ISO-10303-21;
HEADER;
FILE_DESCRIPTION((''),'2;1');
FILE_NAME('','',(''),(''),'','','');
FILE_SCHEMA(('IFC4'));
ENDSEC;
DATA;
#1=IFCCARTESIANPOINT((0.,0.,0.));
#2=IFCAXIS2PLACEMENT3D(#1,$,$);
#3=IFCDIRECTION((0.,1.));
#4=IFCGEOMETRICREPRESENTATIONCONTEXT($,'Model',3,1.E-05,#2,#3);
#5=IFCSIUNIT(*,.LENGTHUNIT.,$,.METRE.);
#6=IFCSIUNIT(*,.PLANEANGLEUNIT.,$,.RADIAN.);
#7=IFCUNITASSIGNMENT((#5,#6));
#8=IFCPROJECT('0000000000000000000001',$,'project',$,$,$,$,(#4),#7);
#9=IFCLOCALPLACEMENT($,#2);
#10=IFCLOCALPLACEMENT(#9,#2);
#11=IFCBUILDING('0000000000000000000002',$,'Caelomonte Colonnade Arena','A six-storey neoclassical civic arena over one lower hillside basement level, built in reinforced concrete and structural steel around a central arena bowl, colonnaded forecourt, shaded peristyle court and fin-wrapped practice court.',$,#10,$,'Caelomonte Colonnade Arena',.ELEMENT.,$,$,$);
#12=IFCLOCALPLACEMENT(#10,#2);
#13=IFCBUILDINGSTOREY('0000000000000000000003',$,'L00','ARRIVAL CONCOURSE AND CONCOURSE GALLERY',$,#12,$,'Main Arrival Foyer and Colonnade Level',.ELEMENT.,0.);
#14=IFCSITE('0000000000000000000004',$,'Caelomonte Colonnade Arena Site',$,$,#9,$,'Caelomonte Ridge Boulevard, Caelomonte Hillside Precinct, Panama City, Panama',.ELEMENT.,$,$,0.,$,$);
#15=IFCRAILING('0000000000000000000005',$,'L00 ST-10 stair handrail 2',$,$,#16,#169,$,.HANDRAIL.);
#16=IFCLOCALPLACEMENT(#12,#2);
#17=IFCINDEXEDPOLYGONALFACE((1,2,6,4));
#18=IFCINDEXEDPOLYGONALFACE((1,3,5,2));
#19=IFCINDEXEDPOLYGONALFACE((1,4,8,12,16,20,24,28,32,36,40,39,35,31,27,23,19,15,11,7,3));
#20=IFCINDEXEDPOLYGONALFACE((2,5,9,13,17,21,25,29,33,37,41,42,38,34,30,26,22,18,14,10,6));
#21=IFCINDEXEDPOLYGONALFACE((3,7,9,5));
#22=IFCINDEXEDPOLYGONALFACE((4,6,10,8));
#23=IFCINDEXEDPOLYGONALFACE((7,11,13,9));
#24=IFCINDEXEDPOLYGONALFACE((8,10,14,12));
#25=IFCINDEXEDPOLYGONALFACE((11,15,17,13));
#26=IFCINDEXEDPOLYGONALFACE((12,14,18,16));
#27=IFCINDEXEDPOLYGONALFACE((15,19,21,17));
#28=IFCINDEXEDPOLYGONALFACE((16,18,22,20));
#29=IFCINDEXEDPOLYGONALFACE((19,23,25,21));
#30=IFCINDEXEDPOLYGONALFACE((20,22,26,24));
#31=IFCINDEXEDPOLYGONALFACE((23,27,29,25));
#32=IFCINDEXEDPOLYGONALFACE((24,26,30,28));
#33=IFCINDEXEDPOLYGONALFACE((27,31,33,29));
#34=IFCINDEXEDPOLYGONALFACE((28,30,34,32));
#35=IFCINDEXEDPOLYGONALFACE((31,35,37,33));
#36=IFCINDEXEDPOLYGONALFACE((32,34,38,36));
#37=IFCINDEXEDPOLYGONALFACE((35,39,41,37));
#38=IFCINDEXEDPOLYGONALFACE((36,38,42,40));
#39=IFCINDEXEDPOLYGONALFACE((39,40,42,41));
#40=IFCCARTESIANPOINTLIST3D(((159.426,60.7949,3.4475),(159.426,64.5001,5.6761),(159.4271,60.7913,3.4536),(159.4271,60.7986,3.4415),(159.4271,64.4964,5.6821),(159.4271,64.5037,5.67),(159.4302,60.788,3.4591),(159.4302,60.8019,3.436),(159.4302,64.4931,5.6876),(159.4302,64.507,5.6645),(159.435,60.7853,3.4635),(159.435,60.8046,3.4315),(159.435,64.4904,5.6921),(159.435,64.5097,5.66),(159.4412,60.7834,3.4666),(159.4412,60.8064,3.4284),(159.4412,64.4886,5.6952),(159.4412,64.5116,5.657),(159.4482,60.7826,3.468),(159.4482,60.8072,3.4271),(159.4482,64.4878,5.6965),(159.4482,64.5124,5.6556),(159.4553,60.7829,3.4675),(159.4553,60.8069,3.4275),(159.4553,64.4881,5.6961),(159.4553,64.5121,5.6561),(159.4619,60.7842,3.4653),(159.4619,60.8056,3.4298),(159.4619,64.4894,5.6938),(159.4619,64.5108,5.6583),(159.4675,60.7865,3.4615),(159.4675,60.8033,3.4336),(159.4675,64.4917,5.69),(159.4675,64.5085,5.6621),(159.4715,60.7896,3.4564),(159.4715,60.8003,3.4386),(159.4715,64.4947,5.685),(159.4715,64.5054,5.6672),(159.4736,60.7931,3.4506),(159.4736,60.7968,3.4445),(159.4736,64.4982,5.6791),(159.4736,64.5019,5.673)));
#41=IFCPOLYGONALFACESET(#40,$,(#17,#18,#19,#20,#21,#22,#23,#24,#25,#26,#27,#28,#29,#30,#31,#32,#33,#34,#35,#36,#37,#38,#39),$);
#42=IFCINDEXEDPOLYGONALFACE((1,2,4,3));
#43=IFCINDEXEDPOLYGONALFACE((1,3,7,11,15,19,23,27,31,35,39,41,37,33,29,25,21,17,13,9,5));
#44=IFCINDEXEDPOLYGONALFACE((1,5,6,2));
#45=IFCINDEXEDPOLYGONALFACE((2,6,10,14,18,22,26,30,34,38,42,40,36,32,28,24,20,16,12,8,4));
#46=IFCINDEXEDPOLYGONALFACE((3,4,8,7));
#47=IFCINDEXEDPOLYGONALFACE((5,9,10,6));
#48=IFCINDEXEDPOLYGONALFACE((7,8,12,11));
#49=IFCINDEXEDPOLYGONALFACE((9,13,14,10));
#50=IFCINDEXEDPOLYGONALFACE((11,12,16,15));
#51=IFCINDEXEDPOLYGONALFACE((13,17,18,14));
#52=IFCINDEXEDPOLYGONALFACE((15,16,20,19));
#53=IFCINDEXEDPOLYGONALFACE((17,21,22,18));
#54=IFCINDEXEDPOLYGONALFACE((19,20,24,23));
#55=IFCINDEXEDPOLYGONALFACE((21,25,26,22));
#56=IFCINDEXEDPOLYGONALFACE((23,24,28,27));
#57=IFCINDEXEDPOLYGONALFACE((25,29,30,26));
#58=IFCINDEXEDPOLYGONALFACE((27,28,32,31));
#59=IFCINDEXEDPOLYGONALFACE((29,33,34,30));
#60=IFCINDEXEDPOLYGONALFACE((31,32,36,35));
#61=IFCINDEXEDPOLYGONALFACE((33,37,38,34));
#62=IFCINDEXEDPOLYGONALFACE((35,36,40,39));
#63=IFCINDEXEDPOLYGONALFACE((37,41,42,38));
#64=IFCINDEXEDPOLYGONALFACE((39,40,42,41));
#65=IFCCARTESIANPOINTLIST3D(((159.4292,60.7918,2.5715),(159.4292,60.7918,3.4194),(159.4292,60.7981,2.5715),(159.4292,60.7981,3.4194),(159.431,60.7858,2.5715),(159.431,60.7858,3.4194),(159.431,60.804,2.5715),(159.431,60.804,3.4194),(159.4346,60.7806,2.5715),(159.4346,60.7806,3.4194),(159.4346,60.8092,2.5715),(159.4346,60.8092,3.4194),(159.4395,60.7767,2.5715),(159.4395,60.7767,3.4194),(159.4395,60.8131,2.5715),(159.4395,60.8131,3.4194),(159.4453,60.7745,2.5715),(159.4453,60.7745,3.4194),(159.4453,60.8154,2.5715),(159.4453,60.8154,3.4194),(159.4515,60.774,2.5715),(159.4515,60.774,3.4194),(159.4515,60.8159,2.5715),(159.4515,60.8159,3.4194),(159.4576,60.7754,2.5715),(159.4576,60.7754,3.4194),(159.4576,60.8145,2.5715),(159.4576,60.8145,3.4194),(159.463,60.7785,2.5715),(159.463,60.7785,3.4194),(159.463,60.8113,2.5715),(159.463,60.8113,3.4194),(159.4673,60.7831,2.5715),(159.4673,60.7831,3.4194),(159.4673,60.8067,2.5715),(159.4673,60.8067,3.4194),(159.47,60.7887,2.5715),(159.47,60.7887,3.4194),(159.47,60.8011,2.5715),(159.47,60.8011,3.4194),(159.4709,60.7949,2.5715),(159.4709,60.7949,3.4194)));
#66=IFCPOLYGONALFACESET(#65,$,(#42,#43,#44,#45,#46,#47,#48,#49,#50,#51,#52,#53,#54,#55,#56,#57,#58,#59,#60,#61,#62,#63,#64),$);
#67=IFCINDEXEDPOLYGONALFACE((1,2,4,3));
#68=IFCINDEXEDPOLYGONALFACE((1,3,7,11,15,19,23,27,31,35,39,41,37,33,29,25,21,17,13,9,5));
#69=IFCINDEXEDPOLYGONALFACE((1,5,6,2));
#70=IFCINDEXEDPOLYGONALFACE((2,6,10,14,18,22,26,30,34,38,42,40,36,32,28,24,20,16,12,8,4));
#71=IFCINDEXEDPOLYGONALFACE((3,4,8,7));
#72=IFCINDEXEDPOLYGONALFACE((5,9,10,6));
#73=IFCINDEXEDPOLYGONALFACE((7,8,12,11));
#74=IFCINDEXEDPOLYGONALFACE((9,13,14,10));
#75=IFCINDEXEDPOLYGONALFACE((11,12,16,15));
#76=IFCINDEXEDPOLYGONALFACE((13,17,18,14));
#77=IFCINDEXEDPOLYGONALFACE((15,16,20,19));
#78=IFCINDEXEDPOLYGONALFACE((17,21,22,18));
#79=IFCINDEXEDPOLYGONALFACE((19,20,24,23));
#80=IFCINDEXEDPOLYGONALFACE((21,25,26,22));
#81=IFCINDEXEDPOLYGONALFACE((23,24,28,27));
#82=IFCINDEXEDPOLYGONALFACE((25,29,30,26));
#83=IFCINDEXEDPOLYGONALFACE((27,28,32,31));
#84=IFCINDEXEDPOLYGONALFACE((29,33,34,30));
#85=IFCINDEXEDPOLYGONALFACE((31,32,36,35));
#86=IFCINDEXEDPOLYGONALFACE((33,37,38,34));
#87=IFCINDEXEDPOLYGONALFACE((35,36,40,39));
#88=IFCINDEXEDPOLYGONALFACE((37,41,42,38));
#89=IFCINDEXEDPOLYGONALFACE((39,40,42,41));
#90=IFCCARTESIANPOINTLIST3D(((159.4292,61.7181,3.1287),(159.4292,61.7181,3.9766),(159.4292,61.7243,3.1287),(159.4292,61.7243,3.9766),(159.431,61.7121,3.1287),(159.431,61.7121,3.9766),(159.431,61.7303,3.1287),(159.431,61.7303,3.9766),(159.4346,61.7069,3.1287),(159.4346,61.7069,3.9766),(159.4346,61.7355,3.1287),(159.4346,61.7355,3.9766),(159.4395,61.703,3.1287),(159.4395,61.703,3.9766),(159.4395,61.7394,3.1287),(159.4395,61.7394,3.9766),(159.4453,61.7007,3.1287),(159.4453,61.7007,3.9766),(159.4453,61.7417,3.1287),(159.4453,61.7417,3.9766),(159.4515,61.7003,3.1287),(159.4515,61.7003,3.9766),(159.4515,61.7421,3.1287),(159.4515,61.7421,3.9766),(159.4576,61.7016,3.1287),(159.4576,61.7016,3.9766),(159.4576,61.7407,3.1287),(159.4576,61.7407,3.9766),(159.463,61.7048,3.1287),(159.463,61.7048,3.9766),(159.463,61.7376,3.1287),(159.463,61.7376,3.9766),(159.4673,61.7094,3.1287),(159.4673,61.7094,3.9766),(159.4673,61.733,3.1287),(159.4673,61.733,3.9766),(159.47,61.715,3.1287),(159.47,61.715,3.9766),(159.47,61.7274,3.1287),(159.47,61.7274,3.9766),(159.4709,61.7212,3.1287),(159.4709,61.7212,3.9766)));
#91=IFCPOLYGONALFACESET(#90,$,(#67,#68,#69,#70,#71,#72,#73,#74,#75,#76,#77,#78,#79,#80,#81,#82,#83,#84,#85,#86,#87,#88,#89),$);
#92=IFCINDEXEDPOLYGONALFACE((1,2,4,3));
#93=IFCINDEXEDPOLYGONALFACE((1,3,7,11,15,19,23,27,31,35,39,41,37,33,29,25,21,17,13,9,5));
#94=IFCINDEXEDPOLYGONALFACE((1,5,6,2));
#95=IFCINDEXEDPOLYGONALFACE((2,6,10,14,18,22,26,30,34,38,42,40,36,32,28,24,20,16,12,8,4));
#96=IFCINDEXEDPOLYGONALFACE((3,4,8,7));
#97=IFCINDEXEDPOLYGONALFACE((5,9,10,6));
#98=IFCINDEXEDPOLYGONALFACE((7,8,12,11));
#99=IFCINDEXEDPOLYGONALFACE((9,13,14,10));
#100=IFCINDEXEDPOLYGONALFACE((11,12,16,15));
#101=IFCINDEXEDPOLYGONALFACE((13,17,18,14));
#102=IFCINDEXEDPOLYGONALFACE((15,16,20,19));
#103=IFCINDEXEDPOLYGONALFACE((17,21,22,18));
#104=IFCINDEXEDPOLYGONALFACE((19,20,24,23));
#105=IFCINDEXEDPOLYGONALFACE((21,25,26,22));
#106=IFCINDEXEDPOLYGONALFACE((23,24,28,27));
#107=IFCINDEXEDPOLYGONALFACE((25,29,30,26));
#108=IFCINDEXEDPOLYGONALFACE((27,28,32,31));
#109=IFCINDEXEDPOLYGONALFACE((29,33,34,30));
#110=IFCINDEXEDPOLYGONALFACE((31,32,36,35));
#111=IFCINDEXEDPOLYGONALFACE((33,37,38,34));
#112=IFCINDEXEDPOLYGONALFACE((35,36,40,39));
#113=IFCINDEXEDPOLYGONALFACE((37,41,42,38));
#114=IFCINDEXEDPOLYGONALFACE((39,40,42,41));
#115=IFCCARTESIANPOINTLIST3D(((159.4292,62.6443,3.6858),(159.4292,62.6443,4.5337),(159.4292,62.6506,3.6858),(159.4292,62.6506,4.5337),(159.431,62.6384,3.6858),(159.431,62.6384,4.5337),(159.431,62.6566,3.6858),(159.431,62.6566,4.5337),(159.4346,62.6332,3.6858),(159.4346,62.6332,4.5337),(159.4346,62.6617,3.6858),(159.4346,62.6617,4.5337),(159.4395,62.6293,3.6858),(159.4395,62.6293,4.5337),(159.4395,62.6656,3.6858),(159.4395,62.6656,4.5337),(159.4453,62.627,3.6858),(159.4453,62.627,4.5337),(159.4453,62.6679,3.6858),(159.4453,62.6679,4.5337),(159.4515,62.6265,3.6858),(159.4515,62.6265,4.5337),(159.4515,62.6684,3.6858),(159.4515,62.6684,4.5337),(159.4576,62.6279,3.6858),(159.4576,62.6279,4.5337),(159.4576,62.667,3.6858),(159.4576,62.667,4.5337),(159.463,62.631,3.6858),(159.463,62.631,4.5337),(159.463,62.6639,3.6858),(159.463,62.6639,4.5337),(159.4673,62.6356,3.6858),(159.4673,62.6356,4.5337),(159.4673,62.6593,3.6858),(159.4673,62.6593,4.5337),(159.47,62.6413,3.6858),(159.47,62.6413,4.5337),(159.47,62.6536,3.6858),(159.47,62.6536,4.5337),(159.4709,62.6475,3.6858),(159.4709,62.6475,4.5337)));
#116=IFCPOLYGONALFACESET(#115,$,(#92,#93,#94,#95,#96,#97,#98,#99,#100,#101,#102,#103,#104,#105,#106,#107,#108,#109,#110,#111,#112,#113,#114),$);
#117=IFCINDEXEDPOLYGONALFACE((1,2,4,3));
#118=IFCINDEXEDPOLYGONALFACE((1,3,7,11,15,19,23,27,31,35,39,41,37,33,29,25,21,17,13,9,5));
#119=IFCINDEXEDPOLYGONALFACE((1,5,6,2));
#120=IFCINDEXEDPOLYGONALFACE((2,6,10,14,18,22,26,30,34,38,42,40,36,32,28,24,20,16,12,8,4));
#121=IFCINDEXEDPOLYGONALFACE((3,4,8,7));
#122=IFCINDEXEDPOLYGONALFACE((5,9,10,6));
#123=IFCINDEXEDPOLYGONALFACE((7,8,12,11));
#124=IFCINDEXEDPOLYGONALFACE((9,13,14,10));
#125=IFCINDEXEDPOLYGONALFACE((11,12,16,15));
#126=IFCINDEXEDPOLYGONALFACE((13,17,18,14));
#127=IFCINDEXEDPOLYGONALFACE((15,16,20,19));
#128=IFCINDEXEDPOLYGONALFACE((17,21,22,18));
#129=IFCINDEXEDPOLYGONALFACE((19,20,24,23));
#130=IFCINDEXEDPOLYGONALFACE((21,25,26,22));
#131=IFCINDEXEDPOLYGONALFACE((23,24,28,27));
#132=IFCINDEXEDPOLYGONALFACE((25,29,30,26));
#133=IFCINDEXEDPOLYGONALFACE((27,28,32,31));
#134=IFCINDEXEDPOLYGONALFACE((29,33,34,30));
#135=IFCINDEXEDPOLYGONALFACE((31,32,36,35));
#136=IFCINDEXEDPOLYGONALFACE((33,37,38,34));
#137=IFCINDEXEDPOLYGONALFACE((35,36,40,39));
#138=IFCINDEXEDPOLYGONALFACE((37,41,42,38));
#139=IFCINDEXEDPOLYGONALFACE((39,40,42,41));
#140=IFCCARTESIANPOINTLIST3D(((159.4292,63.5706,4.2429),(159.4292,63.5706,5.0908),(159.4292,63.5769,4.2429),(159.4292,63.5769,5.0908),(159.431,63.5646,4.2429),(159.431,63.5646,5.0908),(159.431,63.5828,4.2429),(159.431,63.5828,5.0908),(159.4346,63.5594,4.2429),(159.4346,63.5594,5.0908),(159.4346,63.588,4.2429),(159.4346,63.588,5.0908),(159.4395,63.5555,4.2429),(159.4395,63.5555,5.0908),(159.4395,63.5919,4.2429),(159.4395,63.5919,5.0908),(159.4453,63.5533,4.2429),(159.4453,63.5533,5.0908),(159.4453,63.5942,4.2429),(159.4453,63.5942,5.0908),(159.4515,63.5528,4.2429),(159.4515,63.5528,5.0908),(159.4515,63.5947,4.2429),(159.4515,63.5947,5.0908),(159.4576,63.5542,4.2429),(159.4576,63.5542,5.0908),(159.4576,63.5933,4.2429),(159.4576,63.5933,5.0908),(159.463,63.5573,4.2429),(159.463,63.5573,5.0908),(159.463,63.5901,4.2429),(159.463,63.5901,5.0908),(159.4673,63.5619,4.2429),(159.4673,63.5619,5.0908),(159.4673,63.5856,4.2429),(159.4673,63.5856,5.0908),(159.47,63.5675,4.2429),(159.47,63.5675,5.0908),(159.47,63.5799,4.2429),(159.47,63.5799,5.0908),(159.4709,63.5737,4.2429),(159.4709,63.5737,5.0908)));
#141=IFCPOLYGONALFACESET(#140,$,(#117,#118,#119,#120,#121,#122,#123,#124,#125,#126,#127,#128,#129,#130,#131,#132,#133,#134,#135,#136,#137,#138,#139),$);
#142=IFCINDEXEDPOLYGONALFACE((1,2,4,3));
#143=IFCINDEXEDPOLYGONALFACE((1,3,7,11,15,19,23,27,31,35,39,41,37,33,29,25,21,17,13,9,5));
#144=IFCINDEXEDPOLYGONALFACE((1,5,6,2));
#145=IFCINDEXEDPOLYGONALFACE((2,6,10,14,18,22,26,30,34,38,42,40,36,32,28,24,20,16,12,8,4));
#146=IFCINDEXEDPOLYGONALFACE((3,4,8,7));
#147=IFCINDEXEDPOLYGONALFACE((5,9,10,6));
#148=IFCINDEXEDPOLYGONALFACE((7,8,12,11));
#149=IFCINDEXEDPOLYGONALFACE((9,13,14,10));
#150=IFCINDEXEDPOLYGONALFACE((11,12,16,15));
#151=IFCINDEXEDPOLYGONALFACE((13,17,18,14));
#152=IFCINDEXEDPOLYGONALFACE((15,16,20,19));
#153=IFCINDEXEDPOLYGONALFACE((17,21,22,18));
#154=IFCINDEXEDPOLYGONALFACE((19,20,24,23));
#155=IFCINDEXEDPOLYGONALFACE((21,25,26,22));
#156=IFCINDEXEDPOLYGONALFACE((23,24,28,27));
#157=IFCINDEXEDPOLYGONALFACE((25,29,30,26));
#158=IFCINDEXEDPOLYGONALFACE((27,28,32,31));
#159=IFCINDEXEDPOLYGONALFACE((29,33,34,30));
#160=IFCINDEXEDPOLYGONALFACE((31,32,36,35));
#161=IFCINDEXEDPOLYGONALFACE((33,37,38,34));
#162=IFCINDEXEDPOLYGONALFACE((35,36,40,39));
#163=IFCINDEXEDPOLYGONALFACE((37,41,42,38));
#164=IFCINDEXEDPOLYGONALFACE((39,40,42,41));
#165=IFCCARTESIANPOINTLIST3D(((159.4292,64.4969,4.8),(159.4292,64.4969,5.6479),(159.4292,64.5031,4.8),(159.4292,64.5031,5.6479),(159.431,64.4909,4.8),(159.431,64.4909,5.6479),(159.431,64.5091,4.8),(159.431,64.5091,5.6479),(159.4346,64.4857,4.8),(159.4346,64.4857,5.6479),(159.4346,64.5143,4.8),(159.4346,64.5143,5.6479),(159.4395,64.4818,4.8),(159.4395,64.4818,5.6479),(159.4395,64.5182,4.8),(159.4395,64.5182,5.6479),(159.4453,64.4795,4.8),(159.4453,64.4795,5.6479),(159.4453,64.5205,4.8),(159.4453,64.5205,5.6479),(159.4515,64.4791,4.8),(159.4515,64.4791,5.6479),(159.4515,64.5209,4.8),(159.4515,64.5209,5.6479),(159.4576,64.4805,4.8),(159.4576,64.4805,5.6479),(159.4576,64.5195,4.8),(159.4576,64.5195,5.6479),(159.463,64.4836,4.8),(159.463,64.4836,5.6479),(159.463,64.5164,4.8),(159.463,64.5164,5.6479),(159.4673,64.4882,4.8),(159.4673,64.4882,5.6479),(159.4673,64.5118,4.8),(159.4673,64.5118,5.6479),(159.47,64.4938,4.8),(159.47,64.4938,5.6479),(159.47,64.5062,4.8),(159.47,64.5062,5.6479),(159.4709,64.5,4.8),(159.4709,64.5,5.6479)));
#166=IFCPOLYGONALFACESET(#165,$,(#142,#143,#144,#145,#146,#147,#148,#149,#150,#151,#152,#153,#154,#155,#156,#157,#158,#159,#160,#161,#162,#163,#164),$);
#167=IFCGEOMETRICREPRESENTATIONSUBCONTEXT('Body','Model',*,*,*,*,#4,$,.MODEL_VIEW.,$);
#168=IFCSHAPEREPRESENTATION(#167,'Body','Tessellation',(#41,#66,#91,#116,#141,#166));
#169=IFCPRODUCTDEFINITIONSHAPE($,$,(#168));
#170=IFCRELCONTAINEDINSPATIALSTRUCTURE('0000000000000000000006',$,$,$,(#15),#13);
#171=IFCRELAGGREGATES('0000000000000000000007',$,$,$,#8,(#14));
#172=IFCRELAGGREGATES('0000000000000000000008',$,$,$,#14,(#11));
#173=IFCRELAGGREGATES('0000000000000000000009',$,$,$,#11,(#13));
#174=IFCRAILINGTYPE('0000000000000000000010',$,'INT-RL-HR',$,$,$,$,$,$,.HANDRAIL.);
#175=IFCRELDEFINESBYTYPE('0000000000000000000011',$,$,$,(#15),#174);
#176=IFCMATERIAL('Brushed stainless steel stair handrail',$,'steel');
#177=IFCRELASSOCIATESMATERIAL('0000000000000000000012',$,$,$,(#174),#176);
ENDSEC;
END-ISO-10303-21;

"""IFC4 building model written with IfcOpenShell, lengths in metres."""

from ifc_helpers import new_model, si_unit, direction, frame, origin, origin_2d, place, context, subcontext, project, spatial, circle, extrude, material, type_object, element, save


model = new_model("IFC4")

# Units and contexts
model_context = context("Model", 3, precision=1e-05, world=origin(), true_north=direction((0.0, 1.0)))
body_context = subcontext(model_context, "Body", "Model", "MODEL_VIEW")
ifc_project = project(units=[si_unit("LENGTHUNIT", "METRE"), si_unit("PLANEANGLEUNIT", "RADIAN")], contexts=[model_context])

# Site, building, storey
site_placement = place(None, origin())
site = spatial("IfcSite", under=ifc_project, at=site_placement, Name="Caelomonte Colonnade Arena Site", LongName="Caelomonte Ridge Boulevard, Caelomonte Hillside Precinct, Panama City, Panama", CompositionType="ELEMENT", RefElevation=0.0)
building_placement = place(site_placement, origin())
building = spatial("IfcBuilding", under=site, at=building_placement, Name="Caelomonte Colonnade Arena", Description="A six-storey neoclassical civic arena over one lower hillside basement level, built in reinforced concrete and structural steel around a central arena bowl, colonnaded forecourt, shaded peristyle court and fin-wrapped practice court.", LongName="Caelomonte Colonnade Arena", CompositionType="ELEMENT")
storey_placement = place(building_placement, origin())
storey = spatial("IfcBuildingStorey", under=building, at=storey_placement, Name="L00", Description="ARRIVAL CONCOURSE AND CONCOURSE GALLERY", LongName="Main Arrival Foyer and Colonnade Level", CompositionType="ELEMENT", Elevation=0.0)

# Railing
ifc_material_1 = material(Name="Brushed stainless steel stair handrail", Category="steel")
railing_type_1 = type_object("IfcRailingType", Name="INT-RL-HR", PredefinedType="HANDRAIL", material=ifc_material_1)
railing_1_placement = place(storey_placement, frame((159.45, 60.7949, 2.5715)))
element("IfcRailing", 1, at=railing_1_placement, inside=storey, type_object=railing_type_1, Name="L00 ST-10 stair handrail 2", PredefinedType="HANDRAIL", context=body_context, shape_type="SweptSolid", body=[
    extrude(circle(Radius=0.0239, at=origin_2d()), frame((0.0, 0.0, 0.876), z_axis=(0.0, 0.856934, 0.515425), x_axis=(-1.0, 0.0, 0.0)), (0.0, 0.0, 1.0), 4.3237),
    extrude(circle(Radius=0.021, at=origin_2d()), origin(), (0.0, 0.0, 1.0), 0.8479),
    extrude(circle(Radius=0.021, at=origin_2d()), frame((0.0, 0.9263, 0.5571)), (0.0, 0.0, 1.0), 0.8479),
    extrude(circle(Radius=0.021, at=origin_2d()), frame((0.0, 1.8525, 1.1143)), (0.0, 0.0, 1.0), 0.8479),
    extrude(circle(Radius=0.021, at=origin_2d()), frame((0.0, 2.7788, 1.6714)), (0.0, 0.0, 1.0), 0.8479),
    extrude(circle(Radius=0.021, at=origin_2d()), frame((0.0, 3.7051, 2.2285)), (0.0, 0.0, 1.0), 0.8479),
])

save(model, "model.ifc")
